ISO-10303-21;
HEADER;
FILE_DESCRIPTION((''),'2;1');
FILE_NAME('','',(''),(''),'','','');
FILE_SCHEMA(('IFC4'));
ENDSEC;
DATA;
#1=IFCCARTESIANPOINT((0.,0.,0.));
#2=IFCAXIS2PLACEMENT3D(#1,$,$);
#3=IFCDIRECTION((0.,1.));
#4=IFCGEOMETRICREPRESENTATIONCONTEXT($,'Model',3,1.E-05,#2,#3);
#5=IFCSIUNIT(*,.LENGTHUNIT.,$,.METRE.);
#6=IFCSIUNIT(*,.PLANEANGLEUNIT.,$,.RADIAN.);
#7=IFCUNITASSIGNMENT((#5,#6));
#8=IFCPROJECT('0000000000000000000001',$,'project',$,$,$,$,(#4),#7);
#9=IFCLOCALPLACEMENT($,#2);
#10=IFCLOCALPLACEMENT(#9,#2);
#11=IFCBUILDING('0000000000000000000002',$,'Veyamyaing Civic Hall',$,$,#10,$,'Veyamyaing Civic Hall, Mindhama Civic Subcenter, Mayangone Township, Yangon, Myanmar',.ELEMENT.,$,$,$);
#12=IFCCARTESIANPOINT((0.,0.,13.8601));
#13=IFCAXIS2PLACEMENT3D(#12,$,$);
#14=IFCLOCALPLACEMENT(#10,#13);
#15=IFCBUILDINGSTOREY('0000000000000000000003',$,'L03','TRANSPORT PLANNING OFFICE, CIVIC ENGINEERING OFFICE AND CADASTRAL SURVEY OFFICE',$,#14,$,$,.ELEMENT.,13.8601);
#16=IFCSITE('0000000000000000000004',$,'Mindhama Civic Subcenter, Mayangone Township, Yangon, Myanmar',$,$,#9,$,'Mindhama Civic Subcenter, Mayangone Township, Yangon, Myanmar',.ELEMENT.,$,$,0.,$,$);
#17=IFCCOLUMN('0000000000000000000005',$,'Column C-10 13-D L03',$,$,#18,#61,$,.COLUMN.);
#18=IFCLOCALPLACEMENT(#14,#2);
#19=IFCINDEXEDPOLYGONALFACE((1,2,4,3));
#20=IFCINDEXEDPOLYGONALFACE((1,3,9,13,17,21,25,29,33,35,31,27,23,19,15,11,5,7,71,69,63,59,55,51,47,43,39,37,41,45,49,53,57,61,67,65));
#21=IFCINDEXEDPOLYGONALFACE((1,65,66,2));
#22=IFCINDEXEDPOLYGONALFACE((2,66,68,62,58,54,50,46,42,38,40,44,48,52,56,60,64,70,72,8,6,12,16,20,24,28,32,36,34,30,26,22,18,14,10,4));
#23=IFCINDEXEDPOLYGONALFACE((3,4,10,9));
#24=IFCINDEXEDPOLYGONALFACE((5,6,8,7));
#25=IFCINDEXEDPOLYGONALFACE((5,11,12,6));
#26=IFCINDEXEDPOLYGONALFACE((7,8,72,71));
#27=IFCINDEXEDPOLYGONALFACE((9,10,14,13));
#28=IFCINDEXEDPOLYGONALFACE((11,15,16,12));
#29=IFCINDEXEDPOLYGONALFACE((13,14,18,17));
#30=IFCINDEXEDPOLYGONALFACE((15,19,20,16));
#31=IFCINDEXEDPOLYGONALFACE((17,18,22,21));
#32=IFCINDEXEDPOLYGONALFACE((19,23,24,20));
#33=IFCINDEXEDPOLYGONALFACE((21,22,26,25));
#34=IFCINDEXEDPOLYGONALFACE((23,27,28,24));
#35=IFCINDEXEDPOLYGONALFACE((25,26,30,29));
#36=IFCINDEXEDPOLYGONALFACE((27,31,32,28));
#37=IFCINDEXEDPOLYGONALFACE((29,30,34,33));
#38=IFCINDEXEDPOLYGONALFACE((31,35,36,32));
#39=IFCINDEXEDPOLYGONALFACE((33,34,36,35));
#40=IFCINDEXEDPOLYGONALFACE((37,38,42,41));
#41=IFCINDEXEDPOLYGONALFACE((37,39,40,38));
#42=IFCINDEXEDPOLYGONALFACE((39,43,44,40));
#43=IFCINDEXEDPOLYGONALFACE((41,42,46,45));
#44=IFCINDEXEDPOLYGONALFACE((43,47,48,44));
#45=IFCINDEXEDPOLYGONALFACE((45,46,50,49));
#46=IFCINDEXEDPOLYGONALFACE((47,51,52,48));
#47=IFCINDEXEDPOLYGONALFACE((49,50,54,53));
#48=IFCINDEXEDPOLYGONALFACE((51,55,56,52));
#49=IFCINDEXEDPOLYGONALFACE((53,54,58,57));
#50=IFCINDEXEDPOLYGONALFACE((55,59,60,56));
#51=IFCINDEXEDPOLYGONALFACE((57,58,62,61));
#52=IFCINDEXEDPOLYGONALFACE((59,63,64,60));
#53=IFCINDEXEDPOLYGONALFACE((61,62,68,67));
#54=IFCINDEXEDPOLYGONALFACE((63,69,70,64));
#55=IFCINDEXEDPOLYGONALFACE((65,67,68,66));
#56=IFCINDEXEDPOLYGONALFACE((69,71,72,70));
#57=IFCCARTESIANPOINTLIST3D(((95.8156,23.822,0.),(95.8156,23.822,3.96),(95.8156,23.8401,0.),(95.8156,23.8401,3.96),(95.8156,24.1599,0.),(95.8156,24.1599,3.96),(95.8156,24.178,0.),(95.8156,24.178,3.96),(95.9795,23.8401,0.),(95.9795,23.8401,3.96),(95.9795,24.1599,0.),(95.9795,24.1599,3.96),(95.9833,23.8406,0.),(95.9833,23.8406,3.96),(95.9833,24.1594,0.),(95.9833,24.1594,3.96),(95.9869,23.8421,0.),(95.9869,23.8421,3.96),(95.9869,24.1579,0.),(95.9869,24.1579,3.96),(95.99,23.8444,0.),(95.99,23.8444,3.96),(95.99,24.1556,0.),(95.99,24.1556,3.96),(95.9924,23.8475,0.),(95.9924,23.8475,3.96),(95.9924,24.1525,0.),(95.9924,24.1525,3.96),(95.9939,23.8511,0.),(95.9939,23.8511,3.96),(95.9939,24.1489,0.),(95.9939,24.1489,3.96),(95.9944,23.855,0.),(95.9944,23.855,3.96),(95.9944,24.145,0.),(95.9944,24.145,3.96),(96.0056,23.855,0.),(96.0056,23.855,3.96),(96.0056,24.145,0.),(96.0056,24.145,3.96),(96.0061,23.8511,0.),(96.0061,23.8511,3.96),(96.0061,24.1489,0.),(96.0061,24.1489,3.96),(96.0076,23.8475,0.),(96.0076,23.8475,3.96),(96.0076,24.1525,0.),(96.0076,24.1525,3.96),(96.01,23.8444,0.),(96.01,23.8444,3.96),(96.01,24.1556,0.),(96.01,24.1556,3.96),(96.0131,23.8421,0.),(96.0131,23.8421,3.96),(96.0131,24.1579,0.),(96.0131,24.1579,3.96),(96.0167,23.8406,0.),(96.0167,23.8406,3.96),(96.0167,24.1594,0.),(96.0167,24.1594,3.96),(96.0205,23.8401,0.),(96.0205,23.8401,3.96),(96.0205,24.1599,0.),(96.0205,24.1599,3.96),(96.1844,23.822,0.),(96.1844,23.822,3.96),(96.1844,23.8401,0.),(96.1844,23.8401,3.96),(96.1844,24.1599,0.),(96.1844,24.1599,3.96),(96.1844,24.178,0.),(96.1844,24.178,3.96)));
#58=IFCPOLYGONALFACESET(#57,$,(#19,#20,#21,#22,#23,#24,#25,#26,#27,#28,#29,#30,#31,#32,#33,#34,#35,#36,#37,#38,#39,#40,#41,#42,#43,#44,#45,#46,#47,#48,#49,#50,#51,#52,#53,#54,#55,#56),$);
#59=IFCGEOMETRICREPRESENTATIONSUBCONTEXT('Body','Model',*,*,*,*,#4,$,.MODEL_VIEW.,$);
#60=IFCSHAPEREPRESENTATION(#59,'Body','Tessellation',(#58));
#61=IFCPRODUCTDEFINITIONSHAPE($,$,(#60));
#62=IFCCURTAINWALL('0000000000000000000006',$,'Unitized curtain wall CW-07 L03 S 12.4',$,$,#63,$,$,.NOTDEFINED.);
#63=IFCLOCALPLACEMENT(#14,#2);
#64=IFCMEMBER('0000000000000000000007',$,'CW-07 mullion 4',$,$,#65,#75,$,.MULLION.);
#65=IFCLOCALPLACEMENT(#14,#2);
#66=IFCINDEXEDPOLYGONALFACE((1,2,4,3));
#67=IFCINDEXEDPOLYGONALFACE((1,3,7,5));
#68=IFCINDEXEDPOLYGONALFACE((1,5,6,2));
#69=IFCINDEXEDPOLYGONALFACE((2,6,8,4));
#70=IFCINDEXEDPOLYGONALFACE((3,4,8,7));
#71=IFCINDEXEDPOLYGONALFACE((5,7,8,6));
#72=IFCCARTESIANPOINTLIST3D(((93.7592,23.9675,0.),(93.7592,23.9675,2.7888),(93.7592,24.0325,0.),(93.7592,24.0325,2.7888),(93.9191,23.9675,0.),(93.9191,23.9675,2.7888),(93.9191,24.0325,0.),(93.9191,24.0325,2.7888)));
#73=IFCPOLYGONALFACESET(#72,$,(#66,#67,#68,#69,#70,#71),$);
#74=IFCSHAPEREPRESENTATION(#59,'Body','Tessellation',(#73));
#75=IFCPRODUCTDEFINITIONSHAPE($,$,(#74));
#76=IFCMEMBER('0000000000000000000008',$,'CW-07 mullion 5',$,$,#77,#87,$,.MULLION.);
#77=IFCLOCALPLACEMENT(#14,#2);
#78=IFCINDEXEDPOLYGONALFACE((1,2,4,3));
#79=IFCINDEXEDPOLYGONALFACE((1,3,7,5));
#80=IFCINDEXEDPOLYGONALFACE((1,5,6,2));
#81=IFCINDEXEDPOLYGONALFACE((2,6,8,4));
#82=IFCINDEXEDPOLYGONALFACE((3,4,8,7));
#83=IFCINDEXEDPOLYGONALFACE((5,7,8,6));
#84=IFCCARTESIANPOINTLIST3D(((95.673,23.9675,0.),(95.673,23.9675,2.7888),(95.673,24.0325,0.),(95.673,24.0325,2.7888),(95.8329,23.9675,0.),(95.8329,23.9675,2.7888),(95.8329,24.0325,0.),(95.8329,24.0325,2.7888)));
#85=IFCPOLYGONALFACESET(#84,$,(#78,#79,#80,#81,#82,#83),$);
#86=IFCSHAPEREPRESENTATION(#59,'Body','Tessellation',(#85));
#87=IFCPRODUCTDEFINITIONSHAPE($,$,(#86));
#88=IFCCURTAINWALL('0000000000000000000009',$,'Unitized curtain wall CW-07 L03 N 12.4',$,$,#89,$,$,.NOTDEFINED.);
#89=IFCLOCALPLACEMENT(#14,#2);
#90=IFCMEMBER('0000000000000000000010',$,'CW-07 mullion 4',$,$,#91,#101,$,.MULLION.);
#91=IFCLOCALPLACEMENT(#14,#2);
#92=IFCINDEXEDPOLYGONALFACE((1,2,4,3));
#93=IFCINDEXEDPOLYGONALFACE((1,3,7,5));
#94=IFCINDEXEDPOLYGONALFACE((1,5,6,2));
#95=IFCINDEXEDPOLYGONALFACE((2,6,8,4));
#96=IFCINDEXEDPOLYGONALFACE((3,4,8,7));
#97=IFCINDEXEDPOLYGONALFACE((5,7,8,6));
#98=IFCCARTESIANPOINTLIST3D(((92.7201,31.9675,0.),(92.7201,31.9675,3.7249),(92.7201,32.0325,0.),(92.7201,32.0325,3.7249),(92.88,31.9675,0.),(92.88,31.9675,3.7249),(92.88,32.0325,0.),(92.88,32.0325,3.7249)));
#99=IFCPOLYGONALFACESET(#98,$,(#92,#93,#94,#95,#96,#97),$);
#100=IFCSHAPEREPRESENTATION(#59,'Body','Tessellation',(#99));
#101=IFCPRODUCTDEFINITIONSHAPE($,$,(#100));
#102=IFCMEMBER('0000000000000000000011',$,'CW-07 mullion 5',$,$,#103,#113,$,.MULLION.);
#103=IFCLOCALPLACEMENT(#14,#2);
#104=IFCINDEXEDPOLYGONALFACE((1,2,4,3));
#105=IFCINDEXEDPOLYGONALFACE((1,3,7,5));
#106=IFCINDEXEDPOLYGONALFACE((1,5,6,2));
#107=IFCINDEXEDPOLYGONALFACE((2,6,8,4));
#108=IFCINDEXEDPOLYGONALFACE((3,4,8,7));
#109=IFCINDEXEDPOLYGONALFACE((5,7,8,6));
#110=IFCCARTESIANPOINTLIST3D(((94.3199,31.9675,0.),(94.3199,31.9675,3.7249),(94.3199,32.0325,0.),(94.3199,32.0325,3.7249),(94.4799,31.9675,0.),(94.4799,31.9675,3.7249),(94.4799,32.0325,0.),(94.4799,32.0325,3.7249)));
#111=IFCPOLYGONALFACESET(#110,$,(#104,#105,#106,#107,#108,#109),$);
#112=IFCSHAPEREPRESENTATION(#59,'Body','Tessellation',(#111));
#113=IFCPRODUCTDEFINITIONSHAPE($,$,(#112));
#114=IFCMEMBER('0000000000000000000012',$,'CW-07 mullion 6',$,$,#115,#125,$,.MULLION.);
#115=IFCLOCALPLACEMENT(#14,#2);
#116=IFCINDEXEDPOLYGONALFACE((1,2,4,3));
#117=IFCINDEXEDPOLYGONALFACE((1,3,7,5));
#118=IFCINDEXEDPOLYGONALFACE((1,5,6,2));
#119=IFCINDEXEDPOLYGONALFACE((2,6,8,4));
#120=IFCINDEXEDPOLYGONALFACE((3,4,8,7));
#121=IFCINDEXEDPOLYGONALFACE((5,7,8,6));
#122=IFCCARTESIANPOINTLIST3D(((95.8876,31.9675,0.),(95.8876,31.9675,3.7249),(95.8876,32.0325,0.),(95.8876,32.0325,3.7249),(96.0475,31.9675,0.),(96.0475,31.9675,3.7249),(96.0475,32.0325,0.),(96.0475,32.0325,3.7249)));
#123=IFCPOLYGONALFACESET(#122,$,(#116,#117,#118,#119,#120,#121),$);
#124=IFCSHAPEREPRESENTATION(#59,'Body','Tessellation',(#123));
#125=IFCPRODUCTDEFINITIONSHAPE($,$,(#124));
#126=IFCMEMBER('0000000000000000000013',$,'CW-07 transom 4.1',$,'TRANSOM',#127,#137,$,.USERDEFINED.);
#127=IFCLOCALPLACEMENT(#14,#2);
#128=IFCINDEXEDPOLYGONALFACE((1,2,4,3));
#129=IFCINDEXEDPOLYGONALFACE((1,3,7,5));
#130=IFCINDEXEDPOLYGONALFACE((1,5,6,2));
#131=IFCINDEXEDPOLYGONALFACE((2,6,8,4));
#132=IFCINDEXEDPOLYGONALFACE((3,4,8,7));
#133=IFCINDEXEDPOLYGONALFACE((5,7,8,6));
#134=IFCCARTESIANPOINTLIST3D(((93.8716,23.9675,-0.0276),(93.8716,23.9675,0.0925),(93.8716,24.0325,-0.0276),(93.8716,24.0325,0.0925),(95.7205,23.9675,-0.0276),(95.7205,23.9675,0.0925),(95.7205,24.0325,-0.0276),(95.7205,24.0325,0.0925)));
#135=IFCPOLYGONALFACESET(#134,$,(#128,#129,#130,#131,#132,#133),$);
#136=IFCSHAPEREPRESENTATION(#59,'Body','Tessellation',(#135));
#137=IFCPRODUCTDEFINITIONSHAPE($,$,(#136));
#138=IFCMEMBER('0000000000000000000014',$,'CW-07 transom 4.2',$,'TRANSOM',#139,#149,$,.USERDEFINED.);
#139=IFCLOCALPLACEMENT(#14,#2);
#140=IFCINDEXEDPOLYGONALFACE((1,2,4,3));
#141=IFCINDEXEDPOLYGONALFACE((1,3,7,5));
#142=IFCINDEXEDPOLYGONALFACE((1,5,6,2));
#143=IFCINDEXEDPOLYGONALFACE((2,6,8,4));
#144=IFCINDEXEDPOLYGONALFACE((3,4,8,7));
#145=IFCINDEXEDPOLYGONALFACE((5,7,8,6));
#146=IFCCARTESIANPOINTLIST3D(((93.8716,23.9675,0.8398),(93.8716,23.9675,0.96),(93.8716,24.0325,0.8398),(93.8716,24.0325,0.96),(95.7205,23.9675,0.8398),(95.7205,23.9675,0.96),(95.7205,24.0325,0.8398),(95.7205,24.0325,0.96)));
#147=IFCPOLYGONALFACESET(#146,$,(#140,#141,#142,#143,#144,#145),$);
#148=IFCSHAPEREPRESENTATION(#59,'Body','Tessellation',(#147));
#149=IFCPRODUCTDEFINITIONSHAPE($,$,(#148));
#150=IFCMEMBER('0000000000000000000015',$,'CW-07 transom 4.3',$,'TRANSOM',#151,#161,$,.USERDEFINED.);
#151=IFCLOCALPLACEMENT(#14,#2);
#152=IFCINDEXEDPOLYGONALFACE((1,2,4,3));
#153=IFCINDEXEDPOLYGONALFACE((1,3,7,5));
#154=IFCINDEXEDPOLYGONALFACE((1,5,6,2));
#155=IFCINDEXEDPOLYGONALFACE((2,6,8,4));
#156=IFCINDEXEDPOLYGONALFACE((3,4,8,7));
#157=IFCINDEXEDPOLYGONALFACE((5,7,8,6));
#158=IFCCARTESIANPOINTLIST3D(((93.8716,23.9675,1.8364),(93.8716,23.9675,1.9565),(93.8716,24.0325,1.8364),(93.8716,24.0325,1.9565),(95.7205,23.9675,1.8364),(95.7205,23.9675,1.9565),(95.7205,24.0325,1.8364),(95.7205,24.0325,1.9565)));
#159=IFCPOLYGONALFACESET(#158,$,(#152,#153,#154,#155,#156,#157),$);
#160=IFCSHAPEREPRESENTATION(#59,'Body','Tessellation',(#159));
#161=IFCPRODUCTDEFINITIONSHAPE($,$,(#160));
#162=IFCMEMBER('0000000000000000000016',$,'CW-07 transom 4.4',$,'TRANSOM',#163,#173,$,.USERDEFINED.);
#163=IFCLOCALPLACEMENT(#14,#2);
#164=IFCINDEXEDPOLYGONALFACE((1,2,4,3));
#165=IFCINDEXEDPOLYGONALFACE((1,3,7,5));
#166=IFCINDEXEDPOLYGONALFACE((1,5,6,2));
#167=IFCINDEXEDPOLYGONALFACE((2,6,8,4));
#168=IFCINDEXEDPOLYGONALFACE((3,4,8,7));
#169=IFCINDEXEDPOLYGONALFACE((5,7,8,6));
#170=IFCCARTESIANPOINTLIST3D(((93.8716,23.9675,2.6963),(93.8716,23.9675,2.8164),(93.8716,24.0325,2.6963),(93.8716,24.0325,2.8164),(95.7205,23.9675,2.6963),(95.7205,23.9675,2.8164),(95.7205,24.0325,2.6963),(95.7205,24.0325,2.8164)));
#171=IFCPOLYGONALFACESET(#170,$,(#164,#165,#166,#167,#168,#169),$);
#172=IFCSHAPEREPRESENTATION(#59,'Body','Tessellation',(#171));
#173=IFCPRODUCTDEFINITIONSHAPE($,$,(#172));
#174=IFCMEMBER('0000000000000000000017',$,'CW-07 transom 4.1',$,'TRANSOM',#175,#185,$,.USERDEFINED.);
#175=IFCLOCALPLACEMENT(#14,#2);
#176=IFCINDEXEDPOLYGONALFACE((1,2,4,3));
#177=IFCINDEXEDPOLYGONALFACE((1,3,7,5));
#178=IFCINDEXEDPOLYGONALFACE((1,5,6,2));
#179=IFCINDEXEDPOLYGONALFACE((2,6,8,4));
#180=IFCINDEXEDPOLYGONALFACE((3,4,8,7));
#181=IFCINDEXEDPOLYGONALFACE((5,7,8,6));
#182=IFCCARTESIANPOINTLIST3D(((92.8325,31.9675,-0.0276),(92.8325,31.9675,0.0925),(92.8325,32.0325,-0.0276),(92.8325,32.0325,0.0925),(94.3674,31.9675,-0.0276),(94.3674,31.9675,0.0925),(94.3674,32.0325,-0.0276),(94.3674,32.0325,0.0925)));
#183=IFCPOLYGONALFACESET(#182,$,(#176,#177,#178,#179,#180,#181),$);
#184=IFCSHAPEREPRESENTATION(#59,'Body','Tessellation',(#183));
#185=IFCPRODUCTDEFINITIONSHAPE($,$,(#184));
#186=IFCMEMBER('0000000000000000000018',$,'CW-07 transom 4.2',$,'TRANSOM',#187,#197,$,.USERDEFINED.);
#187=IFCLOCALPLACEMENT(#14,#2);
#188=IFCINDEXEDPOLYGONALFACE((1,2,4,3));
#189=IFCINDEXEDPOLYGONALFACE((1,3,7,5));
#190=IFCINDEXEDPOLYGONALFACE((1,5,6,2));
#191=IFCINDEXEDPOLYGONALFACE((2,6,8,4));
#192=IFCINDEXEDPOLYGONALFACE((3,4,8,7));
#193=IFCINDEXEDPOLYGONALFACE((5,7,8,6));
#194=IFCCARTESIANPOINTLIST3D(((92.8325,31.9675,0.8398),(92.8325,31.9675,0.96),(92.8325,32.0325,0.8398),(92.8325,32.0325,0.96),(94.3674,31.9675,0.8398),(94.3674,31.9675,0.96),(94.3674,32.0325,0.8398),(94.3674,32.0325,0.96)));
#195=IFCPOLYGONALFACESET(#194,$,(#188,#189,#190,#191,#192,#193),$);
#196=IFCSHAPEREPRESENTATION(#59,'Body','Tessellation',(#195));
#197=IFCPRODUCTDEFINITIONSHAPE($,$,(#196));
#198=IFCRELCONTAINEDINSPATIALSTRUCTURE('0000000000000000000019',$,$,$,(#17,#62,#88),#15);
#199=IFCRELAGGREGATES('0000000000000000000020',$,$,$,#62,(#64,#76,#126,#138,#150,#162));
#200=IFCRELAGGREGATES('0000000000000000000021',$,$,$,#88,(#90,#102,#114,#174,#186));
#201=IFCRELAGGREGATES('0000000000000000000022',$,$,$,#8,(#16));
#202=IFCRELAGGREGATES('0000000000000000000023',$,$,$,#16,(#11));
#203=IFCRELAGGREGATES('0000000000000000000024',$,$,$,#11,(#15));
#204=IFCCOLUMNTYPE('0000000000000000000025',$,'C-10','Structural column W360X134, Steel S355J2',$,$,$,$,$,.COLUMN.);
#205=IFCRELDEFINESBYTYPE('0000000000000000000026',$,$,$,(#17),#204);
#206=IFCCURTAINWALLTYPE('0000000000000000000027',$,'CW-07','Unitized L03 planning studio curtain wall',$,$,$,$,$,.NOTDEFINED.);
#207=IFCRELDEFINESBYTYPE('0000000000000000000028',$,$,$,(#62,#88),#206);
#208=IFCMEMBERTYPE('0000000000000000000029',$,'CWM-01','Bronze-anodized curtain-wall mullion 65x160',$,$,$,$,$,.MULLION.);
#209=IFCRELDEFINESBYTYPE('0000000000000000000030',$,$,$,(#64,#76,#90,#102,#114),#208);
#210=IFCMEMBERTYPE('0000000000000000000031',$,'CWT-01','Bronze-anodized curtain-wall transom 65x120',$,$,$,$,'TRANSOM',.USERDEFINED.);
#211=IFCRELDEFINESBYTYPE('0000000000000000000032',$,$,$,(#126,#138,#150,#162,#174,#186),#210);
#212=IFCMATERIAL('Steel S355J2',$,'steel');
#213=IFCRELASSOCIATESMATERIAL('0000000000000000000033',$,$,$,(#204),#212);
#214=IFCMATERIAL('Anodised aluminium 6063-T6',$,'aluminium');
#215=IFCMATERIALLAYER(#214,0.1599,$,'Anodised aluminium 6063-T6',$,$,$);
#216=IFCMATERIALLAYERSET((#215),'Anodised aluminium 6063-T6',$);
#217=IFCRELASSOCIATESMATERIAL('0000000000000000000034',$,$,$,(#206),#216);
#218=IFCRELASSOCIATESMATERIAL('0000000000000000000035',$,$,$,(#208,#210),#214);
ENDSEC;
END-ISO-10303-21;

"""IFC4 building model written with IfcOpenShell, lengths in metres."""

from ifc_helpers import new_model, si_unit, direction, frame, origin, origin_2d, place, context, subcontext, project, spatial, rectangle, i_section, extrude, material, layer, layer_set, material_profile, profile_set, type_object, element, aggregate, save


model = new_model("IFC4")

# Units and contexts
model_context = context("Model", 3, precision=1e-05, world=origin(), true_north=direction((0.0, 1.0)))
body_context = subcontext(model_context, "Body", "Model", "MODEL_VIEW")
ifc_project = project(units=[si_unit("LENGTHUNIT", "METRE"), si_unit("PLANEANGLEUNIT", "RADIAN")], contexts=[model_context])

# Site, building, storey
site_placement = place(None, origin())
site = spatial("IfcSite", under=ifc_project, at=site_placement, Name="Mindhama Civic Subcenter, Mayangone Township, Yangon, Myanmar", LongName="Mindhama Civic Subcenter, Mayangone Township, Yangon, Myanmar", CompositionType="ELEMENT", RefElevation=0.0)
building_placement = place(site_placement, origin())
building = spatial("IfcBuilding", under=site, at=building_placement, Name="Veyamyaing Civic Hall", LongName="Veyamyaing Civic Hall, Mindhama Civic Subcenter, Mayangone Township, Yangon, Myanmar", CompositionType="ELEMENT")
storey_placement = place(building_placement, frame((0.0, 0.0, 13.8601)))
storey = spatial("IfcBuildingStorey", under=building, at=storey_placement, Name="L03", Description="TRANSPORT PLANNING OFFICE, CIVIC ENGINEERING OFFICE AND CADASTRAL SURVEY OFFICE", CompositionType="ELEMENT", Elevation=13.8601)

# Column
ifc_material_1 = material(Name="Steel S355J2", Category="steel")
ifc_material_profile_1 = material_profile(ifc_material_1, i_section(OverallWidth=0.3689, OverallDepth=0.356, WebThickness=0.0112, FlangeThickness=0.0181, FilletRadius=0.0149, at=origin_2d()), Name="W360X134")
ifc_profile_set_1 = profile_set([ifc_material_profile_1], Name="Steel S355J2")
column_type = type_object("IfcColumnType", Name="C-10", Description="Structural column W360X134, Steel S355J2", PredefinedType="COLUMN", material=ifc_profile_set_1)
column_placement = place(storey_placement, frame((96.0, 24.0, 0.0), z_axis=(0.0, 0.0, 1.0), x_axis=(1.0, 0.0, 0.0)))
element("IfcColumn", 1, at=column_placement, inside=storey, type_object=column_type, Name="Column C-10 13-D L03", PredefinedType="COLUMN", context=body_context, shape_type="SweptSolid", body=[
    extrude(i_section(OverallWidth=0.3689, OverallDepth=0.356, WebThickness=0.0112, FlangeThickness=0.0181, FilletRadius=0.0149, at=origin_2d()), origin(), (0.0, 0.0, 1.0), 3.96),
])

# Curtain walls, members
ifc_material_2 = material(Name="Anodised aluminium 6063-T6", Category="aluminium")
ifc_layer_1 = layer(ifc_material_2, 0.1599, Name="Anodised aluminium 6063-T6")
ifc_layer_set_1 = layer_set([ifc_layer_1], Name="Anodised aluminium 6063-T6")
curtain_wall_type = type_object("IfcCurtainWallType", Name="CW-07", Description="Unitized L03 planning studio curtain wall", PredefinedType="NOTDEFINED", material=ifc_layer_set_1)
curtain_wall_1_placement = place(storey_placement, origin())
curtain_wall_1 = element("IfcCurtainWall", 2, at=curtain_wall_1_placement, inside=storey, type_object=curtain_wall_type, Name="Unitized curtain wall CW-07 L03 S 12.4", PredefinedType="NOTDEFINED")
ifc_material_profile_2 = material_profile(ifc_material_2, rectangle(XDim=0.0649, YDim=0.1599, at=origin_2d()), Name="ALU-MUL-65X160")
ifc_profile_set_2 = profile_set([ifc_material_profile_2], Name="Anodised aluminium 6063-T6")
member_type_1 = type_object("IfcMemberType", Name="CWM-01", Description="Bronze-anodized curtain-wall mullion 65x160", PredefinedType="MULLION", material=ifc_profile_set_2)
member_1_placement = place(storey_placement, frame((93.8391, 24.0, 0.0), z_axis=(0.0, 0.0, 1.0), x_axis=(0.0, 1.0, 0.0)))
member_1 = element("IfcMember", 3, at=member_1_placement, type_object=member_type_1, Name="CW-07 mullion 4", PredefinedType="MULLION", context=body_context, shape_type="SweptSolid", body=[
    extrude(rectangle(XDim=0.0649, YDim=0.1599, at=origin_2d()), origin(), (0.0, 0.0, 1.0), 2.7888),
])
member_2_placement = place(storey_placement, frame((95.7529, 24.0, 0.0), z_axis=(0.0, 0.0, 1.0), x_axis=(0.0, 1.0, 0.0)))
member_2 = element("IfcMember", 4, at=member_2_placement, type_object=member_type_1, Name="CW-07 mullion 5", PredefinedType="MULLION", context=body_context, shape_type="SweptSolid", body=[
    extrude(rectangle(XDim=0.0649, YDim=0.1599, at=origin_2d()), origin(), (0.0, 0.0, 1.0), 2.7888),
])
curtain_wall_2_placement = place(storey_placement, origin())
curtain_wall_2 = element("IfcCurtainWall", 5, at=curtain_wall_2_placement, inside=storey, type_object=curtain_wall_type, Name="Unitized curtain wall CW-07 L03 N 12.4", PredefinedType="NOTDEFINED")
member_3_placement = place(storey_placement, frame((92.8, 32.0, 0.0), z_axis=(0.0, 0.0, 1.0), x_axis=(0.0, 1.0, 0.0)))
member_3 = element("IfcMember", 6, at=member_3_placement, type_object=member_type_1, Name="CW-07 mullion 4", PredefinedType="MULLION", context=body_context, shape_type="SweptSolid", body=[
    extrude(rectangle(XDim=0.0649, YDim=0.1599, at=origin_2d()), origin(), (0.0, 0.0, 1.0), 3.7249),
])
member_4_placement = place(storey_placement, frame((94.3999, 32.0, 0.0), z_axis=(0.0, 0.0, 1.0), x_axis=(0.0, 1.0, 0.0)))
member_4 = element("IfcMember", 7, at=member_4_placement, type_object=member_type_1, Name="CW-07 mullion 5", PredefinedType="MULLION", context=body_context, shape_type="SweptSolid", body=[
    extrude(rectangle(XDim=0.0649, YDim=0.1599, at=origin_2d()), origin(), (0.0, 0.0, 1.0), 3.7249),
])
member_5_placement = place(storey_placement, frame((95.9675, 32.0, 0.0), z_axis=(0.0, 0.0, 1.0), x_axis=(0.0, 1.0, 0.0)))
member_5 = element("IfcMember", 8, at=member_5_placement, type_object=member_type_1, Name="CW-07 mullion 6", PredefinedType="MULLION", context=body_context, shape_type="SweptSolid", body=[
    extrude(rectangle(XDim=0.0649, YDim=0.1599, at=origin_2d()), origin(), (0.0, 0.0, 1.0), 3.7249),
])

# Members
ifc_material_profile_3 = material_profile(ifc_material_2, rectangle(XDim=0.0649, YDim=0.1201, at=origin_2d()), Name="ALU-TRN-65X120")
ifc_profile_set_3 = profile_set([ifc_material_profile_3], Name="Anodised aluminium 6063-T6")
member_type_2 = type_object("IfcMemberType", Name="CWT-01", Description="Bronze-anodized curtain-wall transom 65x120", ElementType="TRANSOM", PredefinedType="USERDEFINED", material=ifc_profile_set_3)
member_6_placement = place(storey_placement, frame((93.8716, 24.0, 0.0325), z_axis=(1.0, 0.0, 0.0), x_axis=(0.0, 1.0, 0.0)))
member_6 = element("IfcMember", 9, at=member_6_placement, type_object=member_type_2, Name="CW-07 transom 4.1", ObjectType="TRANSOM", PredefinedType="USERDEFINED", context=body_context, shape_type="SweptSolid", body=[
    extrude(rectangle(XDim=0.0649, YDim=0.1201, at=origin_2d()), origin(), (0.0, 0.0, 1.0), 1.8489),
])
member_7_placement = place(storey_placement, frame((93.8716, 24.0, 0.8999), z_axis=(1.0, 0.0, 0.0), x_axis=(0.0, 1.0, 0.0)))
member_7 = element("IfcMember", 10, at=member_7_placement, type_object=member_type_2, Name="CW-07 transom 4.2", ObjectType="TRANSOM", PredefinedType="USERDEFINED", context=body_context, shape_type="SweptSolid", body=[
    extrude(rectangle(XDim=0.0649, YDim=0.1201, at=origin_2d()), origin(), (0.0, 0.0, 1.0), 1.8489),
])
member_8_placement = place(storey_placement, frame((93.8716, 24.0, 1.8965), z_axis=(1.0, 0.0, 0.0), x_axis=(0.0, 1.0, 0.0)))
member_8 = element("IfcMember", 11, at=member_8_placement, type_object=member_type_2, Name="CW-07 transom 4.3", ObjectType="TRANSOM", PredefinedType="USERDEFINED", context=body_context, shape_type="SweptSolid", body=[
    extrude(rectangle(XDim=0.0649, YDim=0.1201, at=origin_2d()), origin(), (0.0, 0.0, 1.0), 1.8489),
])
member_9_placement = place(storey_placement, frame((93.8716, 24.0, 2.7563), z_axis=(1.0, 0.0, 0.0), x_axis=(0.0, 1.0, 0.0)))
member_9 = element("IfcMember", 12, at=member_9_placement, type_object=member_type_2, Name="CW-07 transom 4.4", ObjectType="TRANSOM", PredefinedType="USERDEFINED", context=body_context, shape_type="SweptSolid", body=[
    extrude(rectangle(XDim=0.0649, YDim=0.1201, at=origin_2d()), origin(), (0.0, 0.0, 1.0), 1.8489),
])
member_10_placement = place(storey_placement, frame((92.8325, 32.0, 0.0325), z_axis=(1.0, 0.0, 0.0), x_axis=(0.0, 1.0, 0.0)))
member_10 = element("IfcMember", 13, at=member_10_placement, type_object=member_type_2, Name="CW-07 transom 4.1", ObjectType="TRANSOM", PredefinedType="USERDEFINED", context=body_context, shape_type="SweptSolid", body=[
    extrude(rectangle(XDim=0.0649, YDim=0.1201, at=origin_2d()), origin(), (0.0, 0.0, 1.0), 1.5349),
])
member_11_placement = place(storey_placement, frame((92.8325, 32.0, 0.8999), z_axis=(1.0, 0.0, 0.0), x_axis=(0.0, 1.0, 0.0)))
member_11 = element("IfcMember", 14, at=member_11_placement, type_object=member_type_2, Name="CW-07 transom 4.2", ObjectType="TRANSOM", PredefinedType="USERDEFINED", context=body_context, shape_type="SweptSolid", body=[
    extrude(rectangle(XDim=0.0649, YDim=0.1201, at=origin_2d()), origin(), (0.0, 0.0, 1.0), 1.5349),
])

aggregate(curtain_wall_1, [member_1, member_2, member_6, member_7, member_8, member_9])
aggregate(curtain_wall_2, [member_3, member_4, member_5, member_10, member_11])

save(model, "model.ifc")
